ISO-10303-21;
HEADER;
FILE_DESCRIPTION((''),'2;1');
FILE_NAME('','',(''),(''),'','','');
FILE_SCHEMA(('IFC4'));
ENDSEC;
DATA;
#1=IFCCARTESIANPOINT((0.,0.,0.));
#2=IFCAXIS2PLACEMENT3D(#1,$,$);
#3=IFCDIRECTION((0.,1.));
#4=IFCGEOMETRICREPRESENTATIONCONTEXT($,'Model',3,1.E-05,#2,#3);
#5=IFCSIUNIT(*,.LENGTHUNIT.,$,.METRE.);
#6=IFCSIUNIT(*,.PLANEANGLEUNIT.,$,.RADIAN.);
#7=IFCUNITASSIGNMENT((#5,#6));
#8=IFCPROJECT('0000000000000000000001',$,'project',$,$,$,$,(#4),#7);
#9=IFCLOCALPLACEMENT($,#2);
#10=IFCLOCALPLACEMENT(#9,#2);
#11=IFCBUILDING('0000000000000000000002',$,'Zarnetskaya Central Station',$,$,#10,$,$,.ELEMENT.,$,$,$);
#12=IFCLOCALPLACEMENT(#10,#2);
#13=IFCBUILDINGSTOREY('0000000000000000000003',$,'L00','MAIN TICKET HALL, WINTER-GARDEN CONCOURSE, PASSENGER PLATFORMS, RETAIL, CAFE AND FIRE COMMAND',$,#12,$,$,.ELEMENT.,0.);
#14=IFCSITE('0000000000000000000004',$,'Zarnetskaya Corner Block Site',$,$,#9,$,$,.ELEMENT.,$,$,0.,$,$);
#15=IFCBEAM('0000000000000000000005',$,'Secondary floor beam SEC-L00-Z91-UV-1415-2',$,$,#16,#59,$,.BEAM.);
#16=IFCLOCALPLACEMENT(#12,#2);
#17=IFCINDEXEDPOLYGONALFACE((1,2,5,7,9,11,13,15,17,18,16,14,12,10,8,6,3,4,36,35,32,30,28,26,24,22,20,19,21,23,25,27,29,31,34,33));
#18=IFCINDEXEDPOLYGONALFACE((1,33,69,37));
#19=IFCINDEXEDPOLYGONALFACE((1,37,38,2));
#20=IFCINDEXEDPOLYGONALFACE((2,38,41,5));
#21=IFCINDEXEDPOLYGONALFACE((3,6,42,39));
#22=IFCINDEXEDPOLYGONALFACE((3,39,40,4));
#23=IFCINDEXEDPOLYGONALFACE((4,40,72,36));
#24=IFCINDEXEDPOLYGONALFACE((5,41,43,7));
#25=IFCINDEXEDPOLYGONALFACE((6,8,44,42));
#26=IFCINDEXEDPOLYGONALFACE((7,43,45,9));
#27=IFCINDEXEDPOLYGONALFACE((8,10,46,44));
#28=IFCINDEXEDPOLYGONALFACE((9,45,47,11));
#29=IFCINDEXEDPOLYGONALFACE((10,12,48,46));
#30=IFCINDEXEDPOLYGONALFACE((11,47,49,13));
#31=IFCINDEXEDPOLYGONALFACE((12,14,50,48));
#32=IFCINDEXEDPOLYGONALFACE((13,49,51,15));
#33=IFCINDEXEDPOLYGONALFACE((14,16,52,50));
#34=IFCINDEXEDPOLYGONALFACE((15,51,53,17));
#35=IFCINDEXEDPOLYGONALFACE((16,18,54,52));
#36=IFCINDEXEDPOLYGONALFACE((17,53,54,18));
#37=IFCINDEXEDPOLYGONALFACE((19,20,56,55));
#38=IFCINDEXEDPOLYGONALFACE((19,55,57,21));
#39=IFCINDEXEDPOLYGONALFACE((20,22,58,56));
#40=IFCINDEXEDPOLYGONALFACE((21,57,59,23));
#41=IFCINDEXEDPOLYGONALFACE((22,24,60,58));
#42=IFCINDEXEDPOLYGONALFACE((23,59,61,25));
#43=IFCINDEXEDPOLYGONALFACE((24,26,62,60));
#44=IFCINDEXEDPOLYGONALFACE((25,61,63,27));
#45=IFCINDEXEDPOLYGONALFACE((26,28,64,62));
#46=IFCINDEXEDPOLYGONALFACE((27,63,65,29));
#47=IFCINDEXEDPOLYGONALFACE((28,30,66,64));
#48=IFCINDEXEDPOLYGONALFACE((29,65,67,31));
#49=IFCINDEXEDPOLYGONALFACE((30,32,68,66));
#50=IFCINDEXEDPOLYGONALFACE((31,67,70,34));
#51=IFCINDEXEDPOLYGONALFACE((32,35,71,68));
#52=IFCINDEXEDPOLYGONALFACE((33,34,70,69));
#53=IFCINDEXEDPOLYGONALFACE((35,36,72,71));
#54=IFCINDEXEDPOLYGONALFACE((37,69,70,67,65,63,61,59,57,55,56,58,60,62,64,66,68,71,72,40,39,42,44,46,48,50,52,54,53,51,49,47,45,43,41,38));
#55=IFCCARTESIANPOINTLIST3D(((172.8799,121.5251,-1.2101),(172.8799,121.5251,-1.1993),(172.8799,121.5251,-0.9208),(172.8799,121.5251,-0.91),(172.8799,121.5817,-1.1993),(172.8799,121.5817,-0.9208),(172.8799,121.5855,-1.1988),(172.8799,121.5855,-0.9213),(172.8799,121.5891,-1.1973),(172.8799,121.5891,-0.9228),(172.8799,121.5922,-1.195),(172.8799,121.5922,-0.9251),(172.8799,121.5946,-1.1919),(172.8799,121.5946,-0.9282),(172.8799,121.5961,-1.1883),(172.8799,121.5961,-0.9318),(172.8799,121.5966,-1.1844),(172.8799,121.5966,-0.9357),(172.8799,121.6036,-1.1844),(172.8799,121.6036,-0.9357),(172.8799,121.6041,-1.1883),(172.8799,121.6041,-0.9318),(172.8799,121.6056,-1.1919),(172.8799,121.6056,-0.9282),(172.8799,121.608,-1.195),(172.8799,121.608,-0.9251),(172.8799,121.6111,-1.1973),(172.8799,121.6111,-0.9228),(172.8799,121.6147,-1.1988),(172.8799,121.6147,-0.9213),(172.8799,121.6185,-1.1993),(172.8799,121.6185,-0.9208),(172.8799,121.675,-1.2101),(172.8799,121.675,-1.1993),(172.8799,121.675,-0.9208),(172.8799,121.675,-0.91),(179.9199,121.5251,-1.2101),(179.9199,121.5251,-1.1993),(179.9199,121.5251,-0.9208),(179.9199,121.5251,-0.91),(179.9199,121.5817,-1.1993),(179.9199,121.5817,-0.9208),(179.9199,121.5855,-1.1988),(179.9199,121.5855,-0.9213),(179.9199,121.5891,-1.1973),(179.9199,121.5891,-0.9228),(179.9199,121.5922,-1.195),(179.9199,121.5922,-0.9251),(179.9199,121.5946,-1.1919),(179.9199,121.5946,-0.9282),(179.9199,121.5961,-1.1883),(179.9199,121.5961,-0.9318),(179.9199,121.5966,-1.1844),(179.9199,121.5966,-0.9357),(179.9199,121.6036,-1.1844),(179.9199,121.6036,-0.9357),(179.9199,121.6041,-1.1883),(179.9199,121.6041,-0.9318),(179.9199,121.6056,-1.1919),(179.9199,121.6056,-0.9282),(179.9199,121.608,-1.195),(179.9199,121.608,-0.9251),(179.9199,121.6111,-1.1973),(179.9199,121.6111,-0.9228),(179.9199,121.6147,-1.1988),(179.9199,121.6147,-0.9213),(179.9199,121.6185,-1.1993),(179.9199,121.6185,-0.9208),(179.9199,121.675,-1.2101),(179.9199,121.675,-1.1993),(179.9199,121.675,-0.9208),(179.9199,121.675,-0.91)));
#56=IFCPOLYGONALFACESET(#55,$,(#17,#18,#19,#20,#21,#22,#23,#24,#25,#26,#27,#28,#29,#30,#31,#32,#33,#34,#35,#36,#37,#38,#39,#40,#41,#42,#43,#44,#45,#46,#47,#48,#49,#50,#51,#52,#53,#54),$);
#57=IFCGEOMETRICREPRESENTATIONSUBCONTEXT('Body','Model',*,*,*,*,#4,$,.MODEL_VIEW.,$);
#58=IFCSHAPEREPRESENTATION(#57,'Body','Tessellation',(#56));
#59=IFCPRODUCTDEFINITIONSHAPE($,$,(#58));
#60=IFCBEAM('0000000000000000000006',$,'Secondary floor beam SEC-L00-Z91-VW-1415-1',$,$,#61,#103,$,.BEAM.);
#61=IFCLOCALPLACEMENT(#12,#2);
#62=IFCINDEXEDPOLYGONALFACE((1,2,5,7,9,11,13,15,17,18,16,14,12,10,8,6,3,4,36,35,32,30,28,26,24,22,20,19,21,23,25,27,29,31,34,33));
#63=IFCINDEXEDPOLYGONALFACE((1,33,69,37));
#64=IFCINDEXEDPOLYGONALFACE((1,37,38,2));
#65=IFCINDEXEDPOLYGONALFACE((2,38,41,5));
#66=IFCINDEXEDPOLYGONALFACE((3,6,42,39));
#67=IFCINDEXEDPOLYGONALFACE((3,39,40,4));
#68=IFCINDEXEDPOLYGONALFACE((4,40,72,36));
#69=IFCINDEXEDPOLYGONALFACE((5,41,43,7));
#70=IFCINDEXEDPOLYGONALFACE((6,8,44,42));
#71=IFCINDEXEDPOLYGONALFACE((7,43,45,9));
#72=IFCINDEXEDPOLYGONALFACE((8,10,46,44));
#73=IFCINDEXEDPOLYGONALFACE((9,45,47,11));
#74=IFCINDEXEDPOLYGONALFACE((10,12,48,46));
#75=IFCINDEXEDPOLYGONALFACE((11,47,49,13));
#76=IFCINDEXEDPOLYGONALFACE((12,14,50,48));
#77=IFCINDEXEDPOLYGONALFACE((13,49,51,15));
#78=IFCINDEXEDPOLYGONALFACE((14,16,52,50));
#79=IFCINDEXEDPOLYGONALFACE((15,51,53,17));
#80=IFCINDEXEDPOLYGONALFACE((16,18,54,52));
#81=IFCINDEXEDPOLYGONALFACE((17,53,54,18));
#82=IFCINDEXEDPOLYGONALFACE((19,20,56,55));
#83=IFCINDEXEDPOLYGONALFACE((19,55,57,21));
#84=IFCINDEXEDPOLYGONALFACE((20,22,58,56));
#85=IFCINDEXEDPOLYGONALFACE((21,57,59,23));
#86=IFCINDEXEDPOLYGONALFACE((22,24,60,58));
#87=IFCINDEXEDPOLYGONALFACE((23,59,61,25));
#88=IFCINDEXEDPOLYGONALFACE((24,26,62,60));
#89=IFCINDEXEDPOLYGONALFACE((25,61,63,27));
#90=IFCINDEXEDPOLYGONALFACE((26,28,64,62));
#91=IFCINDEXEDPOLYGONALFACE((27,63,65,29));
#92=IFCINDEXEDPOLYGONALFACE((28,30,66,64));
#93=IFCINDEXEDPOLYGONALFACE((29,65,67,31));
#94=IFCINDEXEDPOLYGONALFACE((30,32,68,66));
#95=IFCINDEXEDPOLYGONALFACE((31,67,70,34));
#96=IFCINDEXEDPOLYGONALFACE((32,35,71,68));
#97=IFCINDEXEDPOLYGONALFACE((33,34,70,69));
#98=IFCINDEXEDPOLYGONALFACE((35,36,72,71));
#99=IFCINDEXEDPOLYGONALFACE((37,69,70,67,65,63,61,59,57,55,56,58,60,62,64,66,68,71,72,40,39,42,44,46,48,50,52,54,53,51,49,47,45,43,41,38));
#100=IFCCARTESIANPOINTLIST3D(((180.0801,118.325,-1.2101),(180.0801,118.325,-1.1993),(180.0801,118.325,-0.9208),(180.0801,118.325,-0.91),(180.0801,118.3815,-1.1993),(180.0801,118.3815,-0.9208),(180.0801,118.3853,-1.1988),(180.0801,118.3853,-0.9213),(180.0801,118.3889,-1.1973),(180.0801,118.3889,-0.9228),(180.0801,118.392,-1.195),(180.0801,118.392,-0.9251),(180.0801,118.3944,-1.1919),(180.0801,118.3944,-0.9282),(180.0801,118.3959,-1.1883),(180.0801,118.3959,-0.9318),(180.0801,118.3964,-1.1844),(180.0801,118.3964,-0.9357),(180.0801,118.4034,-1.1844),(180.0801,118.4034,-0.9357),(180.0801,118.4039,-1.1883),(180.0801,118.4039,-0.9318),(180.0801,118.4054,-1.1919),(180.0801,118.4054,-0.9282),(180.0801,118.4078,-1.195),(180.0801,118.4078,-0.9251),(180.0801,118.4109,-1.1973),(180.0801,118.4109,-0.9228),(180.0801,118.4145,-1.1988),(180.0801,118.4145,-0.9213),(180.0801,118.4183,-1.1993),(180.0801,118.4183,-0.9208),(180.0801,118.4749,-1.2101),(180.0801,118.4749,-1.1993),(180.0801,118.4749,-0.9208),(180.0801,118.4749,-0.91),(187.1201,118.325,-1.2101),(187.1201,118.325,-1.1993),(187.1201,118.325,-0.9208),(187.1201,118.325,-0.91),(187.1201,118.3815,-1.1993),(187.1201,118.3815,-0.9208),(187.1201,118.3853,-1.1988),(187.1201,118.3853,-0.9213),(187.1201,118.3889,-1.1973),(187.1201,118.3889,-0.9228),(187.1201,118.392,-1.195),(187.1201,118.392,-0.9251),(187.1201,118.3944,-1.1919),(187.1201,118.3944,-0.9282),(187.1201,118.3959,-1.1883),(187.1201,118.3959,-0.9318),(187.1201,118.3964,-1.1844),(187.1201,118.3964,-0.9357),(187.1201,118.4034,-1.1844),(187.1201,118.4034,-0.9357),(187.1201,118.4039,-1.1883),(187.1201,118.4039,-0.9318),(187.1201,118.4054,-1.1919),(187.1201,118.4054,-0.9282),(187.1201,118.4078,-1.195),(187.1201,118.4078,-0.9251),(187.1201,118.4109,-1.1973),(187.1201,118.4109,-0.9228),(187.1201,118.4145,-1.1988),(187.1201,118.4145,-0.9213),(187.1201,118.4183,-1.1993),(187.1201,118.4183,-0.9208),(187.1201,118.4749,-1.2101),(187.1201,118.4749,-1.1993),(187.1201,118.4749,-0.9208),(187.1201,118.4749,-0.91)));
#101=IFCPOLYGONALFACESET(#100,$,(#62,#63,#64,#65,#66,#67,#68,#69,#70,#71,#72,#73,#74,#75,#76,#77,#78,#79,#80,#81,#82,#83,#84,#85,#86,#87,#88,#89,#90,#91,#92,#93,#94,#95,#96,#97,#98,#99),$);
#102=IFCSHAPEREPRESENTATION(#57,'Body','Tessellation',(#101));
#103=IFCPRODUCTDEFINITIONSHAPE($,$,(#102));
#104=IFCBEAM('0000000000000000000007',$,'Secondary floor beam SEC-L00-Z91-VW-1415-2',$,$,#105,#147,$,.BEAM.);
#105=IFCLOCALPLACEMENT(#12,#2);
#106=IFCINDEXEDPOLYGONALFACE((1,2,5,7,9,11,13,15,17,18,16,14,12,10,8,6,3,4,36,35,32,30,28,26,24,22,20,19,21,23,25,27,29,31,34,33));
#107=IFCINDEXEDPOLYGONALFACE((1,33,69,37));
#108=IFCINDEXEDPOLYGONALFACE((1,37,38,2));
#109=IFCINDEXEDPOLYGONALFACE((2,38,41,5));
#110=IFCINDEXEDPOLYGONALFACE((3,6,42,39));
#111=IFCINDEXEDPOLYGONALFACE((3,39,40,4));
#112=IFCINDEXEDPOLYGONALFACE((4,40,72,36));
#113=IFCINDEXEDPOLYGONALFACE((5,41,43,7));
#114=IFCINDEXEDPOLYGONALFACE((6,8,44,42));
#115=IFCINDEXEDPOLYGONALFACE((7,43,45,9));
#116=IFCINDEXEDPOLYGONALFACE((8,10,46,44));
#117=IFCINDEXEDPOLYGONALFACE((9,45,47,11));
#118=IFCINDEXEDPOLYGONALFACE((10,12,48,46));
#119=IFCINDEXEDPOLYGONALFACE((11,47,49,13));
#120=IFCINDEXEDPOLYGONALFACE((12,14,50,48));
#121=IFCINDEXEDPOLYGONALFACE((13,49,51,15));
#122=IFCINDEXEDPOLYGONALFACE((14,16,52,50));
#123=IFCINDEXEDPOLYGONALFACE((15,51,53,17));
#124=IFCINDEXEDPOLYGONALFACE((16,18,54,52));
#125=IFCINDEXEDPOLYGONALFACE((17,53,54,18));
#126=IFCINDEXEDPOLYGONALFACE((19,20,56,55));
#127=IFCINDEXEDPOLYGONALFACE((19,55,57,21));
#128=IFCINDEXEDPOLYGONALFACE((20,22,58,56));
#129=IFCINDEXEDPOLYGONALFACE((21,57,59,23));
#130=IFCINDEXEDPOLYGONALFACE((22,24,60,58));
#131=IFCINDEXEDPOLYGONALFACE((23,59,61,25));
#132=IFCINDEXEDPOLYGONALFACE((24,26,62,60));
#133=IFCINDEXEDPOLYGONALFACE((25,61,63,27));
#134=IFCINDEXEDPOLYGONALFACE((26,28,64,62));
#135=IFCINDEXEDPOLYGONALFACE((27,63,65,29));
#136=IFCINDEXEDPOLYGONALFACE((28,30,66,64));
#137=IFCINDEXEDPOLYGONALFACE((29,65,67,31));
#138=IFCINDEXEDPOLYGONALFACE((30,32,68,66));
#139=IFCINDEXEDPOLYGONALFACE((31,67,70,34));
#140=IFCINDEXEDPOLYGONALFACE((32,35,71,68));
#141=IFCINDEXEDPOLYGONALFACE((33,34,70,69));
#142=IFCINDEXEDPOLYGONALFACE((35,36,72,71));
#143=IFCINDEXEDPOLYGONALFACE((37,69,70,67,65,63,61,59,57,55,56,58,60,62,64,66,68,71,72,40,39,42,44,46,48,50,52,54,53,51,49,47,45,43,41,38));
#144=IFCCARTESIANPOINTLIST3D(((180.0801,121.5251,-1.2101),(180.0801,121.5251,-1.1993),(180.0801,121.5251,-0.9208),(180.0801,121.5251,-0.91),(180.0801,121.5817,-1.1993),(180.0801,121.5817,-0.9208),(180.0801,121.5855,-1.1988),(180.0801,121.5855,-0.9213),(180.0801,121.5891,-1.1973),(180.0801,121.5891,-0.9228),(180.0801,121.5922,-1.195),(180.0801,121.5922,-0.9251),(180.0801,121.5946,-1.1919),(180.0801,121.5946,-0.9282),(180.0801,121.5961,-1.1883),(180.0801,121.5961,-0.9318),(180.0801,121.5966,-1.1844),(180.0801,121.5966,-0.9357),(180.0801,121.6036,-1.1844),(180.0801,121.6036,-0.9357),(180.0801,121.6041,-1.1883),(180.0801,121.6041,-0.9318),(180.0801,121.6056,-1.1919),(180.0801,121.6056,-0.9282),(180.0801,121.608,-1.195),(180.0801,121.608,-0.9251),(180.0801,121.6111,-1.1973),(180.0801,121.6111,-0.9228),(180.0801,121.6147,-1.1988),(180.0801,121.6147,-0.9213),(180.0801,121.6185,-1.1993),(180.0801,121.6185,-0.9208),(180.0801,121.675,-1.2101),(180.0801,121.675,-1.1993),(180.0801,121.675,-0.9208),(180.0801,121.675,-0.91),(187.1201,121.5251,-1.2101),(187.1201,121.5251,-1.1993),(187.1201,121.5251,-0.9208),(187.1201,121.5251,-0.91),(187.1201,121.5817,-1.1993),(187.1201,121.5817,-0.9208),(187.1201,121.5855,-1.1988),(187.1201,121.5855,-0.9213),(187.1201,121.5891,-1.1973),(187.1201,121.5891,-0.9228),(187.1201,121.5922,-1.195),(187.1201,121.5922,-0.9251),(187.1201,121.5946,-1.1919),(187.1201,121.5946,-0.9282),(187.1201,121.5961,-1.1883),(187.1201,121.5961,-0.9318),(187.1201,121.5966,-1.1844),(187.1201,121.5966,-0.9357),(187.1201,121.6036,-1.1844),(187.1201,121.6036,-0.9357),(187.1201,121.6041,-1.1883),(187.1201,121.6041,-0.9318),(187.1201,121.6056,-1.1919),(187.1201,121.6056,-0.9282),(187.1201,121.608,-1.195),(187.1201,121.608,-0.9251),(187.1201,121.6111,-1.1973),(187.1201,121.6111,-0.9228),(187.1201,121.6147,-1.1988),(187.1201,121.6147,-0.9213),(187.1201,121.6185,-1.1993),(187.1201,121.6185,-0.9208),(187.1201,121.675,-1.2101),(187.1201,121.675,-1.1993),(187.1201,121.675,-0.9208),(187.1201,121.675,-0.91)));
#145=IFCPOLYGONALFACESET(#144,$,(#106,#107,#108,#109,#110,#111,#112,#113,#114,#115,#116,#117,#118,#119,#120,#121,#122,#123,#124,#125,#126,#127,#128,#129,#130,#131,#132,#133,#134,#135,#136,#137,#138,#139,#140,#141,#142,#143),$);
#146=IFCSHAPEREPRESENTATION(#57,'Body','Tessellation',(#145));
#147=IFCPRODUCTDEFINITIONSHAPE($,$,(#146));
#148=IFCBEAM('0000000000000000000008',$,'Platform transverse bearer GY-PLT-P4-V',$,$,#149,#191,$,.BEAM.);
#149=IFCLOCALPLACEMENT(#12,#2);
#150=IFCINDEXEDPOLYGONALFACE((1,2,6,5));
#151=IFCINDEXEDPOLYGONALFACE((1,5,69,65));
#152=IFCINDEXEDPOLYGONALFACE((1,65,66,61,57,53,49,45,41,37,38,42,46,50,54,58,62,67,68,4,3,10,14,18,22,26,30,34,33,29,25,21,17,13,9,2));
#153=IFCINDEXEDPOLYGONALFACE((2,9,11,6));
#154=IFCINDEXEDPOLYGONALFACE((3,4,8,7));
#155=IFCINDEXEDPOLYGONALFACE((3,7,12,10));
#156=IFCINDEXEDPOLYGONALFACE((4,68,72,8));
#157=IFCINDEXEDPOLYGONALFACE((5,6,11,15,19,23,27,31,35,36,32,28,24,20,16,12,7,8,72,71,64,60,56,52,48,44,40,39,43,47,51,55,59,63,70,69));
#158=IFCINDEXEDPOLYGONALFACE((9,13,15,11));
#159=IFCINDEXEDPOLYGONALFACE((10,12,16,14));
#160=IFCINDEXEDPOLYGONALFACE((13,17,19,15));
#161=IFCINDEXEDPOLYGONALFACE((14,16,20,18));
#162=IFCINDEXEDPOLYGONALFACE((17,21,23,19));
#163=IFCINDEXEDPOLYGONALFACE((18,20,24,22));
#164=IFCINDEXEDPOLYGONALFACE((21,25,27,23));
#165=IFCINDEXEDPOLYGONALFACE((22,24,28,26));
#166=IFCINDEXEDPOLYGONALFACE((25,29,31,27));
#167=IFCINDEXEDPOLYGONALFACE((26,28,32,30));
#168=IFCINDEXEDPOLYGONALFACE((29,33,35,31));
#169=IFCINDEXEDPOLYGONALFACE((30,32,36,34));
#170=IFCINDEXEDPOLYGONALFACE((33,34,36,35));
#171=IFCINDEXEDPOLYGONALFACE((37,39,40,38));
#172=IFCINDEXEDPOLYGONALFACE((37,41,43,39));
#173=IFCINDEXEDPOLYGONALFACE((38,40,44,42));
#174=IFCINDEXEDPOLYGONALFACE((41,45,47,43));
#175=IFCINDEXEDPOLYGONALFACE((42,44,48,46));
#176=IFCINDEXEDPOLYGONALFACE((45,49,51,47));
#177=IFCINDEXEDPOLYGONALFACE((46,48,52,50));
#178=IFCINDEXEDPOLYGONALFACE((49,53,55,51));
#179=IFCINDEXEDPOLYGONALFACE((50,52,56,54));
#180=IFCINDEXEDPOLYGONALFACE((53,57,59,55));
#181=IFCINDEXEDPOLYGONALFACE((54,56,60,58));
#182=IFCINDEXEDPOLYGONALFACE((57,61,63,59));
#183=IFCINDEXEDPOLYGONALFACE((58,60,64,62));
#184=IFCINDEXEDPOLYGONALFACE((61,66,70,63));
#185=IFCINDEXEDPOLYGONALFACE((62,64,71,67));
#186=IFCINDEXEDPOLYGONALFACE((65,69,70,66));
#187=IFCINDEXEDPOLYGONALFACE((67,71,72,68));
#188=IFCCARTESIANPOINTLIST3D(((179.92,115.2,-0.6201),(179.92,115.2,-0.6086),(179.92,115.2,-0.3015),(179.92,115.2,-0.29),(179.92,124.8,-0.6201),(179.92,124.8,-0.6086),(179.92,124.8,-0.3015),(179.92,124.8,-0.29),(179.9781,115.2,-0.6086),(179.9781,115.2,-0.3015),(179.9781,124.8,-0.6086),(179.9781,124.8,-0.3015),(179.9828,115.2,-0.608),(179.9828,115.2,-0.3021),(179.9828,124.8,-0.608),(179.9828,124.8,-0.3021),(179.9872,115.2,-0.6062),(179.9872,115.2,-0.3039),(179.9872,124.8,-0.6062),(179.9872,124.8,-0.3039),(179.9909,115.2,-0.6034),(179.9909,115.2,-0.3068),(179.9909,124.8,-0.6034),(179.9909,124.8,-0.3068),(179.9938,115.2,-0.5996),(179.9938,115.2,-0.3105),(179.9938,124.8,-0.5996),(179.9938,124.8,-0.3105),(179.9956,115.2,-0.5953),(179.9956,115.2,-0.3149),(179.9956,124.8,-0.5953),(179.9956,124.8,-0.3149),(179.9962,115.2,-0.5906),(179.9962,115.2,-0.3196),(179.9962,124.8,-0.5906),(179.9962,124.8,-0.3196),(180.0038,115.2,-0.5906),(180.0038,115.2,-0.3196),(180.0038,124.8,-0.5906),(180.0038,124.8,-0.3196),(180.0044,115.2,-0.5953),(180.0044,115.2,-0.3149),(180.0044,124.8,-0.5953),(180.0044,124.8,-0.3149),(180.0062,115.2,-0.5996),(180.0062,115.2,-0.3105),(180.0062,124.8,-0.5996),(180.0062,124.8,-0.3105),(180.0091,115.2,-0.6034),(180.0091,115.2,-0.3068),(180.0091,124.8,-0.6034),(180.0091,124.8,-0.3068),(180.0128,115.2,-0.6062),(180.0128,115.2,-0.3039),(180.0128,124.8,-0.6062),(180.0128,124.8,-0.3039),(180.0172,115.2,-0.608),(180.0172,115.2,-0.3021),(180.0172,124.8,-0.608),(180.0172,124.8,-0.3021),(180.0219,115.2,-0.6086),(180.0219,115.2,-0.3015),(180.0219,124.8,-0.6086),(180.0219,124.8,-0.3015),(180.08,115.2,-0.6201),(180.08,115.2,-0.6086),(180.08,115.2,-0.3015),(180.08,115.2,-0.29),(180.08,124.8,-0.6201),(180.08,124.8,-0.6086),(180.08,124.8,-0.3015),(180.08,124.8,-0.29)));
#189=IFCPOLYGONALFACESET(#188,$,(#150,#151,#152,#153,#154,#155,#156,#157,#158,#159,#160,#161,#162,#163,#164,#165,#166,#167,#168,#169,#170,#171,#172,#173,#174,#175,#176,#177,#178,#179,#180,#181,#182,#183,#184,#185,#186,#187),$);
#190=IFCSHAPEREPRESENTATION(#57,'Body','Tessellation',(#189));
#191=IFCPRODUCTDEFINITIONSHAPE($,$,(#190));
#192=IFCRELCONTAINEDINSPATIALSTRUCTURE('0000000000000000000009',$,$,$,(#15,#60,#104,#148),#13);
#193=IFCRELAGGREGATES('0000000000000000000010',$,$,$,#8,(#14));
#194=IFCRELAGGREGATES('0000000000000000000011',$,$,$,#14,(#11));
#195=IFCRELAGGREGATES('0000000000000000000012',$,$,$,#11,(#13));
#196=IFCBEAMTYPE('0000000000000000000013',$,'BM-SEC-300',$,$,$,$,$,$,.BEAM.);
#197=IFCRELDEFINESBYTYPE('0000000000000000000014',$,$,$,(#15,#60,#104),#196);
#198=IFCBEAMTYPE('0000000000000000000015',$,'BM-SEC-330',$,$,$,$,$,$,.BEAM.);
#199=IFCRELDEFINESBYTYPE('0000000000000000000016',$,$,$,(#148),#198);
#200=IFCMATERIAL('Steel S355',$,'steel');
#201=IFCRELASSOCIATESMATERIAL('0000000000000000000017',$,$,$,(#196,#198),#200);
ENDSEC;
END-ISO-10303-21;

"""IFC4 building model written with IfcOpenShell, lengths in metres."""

from ifc_helpers import new_model, si_unit, direction, frame, origin, origin_2d, place, context, subcontext, project, spatial, i_section, extrude, material, material_profile, profile_set, type_object, element, save


model = new_model("IFC4")

# Units and contexts
model_context = context("Model", 3, precision=1e-05, world=origin(), true_north=direction((0.0, 1.0)))
body_context = subcontext(model_context, "Body", "Model", "MODEL_VIEW")
ifc_project = project(units=[si_unit("LENGTHUNIT", "METRE"), si_unit("PLANEANGLEUNIT", "RADIAN")], contexts=[model_context])

# Site, building, storey
site_placement = place(None, origin())
site = spatial("IfcSite", under=ifc_project, at=site_placement, Name="Zarnetskaya Corner Block Site", CompositionType="ELEMENT", RefElevation=0.0)
building_placement = place(site_placement, origin())
building = spatial("IfcBuilding", under=site, at=building_placement, Name="Zarnetskaya Central Station", CompositionType="ELEMENT")
storey_placement = place(building_placement, origin())
storey = spatial("IfcBuildingStorey", under=building, at=storey_placement, Name="L00", Description="MAIN TICKET HALL, WINTER-GARDEN CONCOURSE, PASSENGER PLATFORMS, RETAIL, CAFE AND FIRE COMMAND", CompositionType="ELEMENT", Elevation=0.0)

# Shared definitions
ifc_material = material(Name="Steel S355", Category="steel")

# Beams
ifc_material_profile_1 = material_profile(ifc_material, i_section(OverallWidth=0.1499, OverallDepth=0.3, WebThickness=0.0071, FlangeThickness=0.0107, FilletRadius=0.0149, at=origin_2d()), Name="IPE 300")
ifc_profile_set_1 = profile_set([ifc_material_profile_1], Name="Steel S355")
beam_type_1 = type_object("IfcBeamType", Name="BM-SEC-300", PredefinedType="BEAM", material=ifc_profile_set_1)
for number, where, z_axis, x_axis, name in (
    (1, (172.8799, 121.6001, -1.0601), (1.0, 0.0, 0.0), (0.0, 1.0, 0.0), "Secondary floor beam SEC-L00-Z91-UV-1415-2"),
    (2, (180.0801, 118.3999, -1.0601), (1.0, 0.0, 0.0), (0.0, 1.0, 0.0), "Secondary floor beam SEC-L00-Z91-VW-1415-1"),
    (3, (180.0801, 121.6001, -1.0601), (1.0, 0.0, 0.0), (0.0, 1.0, 0.0), "Secondary floor beam SEC-L00-Z91-VW-1415-2"),
):
    element("IfcBeam", number, at=place(storey_placement, frame(where, z_axis=z_axis, x_axis=x_axis)), inside=storey, type_object=beam_type_1, Name=name, PredefinedType="BEAM", context=body_context, shape_type="SweptSolid", body=[
        extrude(i_section(OverallWidth=0.1499, OverallDepth=0.3, WebThickness=0.0071, FlangeThickness=0.0107, FilletRadius=0.0149, at=origin_2d()), origin(), (0.0, 0.0, 1.0), 7.04),
    ])
ifc_material_profile_2 = material_profile(ifc_material, i_section(OverallWidth=0.1599, OverallDepth=0.3301, WebThickness=0.0076, FlangeThickness=0.0115, FilletRadius=0.0181, at=origin_2d()), Name="IPE 330")
ifc_profile_set_2 = profile_set([ifc_material_profile_2], Name="Steel S355")
beam_type_2 = type_object("IfcBeamType", Name="BM-SEC-330", PredefinedType="BEAM", material=ifc_profile_set_2)
for number, where, z_axis, x_axis, name in (
    (4, (180.0, 115.2, -0.4551), (0.0, 1.0, 0.0), (-1.0, 0.0, 0.0), "Platform transverse bearer GY-PLT-P4-V"),
):
    element("IfcBeam", number, at=place(storey_placement, frame(where, z_axis=z_axis, x_axis=x_axis)), inside=storey, type_object=beam_type_2, Name=name, PredefinedType="BEAM", context=body_context, shape_type="SweptSolid", body=[
        extrude(i_section(OverallWidth=0.1599, OverallDepth=0.3301, WebThickness=0.0076, FlangeThickness=0.0115, FilletRadius=0.0181, at=origin_2d()), origin(), (0.0, 0.0, 1.0), 9.6001),
    ])

save(model, "model.ifc")
